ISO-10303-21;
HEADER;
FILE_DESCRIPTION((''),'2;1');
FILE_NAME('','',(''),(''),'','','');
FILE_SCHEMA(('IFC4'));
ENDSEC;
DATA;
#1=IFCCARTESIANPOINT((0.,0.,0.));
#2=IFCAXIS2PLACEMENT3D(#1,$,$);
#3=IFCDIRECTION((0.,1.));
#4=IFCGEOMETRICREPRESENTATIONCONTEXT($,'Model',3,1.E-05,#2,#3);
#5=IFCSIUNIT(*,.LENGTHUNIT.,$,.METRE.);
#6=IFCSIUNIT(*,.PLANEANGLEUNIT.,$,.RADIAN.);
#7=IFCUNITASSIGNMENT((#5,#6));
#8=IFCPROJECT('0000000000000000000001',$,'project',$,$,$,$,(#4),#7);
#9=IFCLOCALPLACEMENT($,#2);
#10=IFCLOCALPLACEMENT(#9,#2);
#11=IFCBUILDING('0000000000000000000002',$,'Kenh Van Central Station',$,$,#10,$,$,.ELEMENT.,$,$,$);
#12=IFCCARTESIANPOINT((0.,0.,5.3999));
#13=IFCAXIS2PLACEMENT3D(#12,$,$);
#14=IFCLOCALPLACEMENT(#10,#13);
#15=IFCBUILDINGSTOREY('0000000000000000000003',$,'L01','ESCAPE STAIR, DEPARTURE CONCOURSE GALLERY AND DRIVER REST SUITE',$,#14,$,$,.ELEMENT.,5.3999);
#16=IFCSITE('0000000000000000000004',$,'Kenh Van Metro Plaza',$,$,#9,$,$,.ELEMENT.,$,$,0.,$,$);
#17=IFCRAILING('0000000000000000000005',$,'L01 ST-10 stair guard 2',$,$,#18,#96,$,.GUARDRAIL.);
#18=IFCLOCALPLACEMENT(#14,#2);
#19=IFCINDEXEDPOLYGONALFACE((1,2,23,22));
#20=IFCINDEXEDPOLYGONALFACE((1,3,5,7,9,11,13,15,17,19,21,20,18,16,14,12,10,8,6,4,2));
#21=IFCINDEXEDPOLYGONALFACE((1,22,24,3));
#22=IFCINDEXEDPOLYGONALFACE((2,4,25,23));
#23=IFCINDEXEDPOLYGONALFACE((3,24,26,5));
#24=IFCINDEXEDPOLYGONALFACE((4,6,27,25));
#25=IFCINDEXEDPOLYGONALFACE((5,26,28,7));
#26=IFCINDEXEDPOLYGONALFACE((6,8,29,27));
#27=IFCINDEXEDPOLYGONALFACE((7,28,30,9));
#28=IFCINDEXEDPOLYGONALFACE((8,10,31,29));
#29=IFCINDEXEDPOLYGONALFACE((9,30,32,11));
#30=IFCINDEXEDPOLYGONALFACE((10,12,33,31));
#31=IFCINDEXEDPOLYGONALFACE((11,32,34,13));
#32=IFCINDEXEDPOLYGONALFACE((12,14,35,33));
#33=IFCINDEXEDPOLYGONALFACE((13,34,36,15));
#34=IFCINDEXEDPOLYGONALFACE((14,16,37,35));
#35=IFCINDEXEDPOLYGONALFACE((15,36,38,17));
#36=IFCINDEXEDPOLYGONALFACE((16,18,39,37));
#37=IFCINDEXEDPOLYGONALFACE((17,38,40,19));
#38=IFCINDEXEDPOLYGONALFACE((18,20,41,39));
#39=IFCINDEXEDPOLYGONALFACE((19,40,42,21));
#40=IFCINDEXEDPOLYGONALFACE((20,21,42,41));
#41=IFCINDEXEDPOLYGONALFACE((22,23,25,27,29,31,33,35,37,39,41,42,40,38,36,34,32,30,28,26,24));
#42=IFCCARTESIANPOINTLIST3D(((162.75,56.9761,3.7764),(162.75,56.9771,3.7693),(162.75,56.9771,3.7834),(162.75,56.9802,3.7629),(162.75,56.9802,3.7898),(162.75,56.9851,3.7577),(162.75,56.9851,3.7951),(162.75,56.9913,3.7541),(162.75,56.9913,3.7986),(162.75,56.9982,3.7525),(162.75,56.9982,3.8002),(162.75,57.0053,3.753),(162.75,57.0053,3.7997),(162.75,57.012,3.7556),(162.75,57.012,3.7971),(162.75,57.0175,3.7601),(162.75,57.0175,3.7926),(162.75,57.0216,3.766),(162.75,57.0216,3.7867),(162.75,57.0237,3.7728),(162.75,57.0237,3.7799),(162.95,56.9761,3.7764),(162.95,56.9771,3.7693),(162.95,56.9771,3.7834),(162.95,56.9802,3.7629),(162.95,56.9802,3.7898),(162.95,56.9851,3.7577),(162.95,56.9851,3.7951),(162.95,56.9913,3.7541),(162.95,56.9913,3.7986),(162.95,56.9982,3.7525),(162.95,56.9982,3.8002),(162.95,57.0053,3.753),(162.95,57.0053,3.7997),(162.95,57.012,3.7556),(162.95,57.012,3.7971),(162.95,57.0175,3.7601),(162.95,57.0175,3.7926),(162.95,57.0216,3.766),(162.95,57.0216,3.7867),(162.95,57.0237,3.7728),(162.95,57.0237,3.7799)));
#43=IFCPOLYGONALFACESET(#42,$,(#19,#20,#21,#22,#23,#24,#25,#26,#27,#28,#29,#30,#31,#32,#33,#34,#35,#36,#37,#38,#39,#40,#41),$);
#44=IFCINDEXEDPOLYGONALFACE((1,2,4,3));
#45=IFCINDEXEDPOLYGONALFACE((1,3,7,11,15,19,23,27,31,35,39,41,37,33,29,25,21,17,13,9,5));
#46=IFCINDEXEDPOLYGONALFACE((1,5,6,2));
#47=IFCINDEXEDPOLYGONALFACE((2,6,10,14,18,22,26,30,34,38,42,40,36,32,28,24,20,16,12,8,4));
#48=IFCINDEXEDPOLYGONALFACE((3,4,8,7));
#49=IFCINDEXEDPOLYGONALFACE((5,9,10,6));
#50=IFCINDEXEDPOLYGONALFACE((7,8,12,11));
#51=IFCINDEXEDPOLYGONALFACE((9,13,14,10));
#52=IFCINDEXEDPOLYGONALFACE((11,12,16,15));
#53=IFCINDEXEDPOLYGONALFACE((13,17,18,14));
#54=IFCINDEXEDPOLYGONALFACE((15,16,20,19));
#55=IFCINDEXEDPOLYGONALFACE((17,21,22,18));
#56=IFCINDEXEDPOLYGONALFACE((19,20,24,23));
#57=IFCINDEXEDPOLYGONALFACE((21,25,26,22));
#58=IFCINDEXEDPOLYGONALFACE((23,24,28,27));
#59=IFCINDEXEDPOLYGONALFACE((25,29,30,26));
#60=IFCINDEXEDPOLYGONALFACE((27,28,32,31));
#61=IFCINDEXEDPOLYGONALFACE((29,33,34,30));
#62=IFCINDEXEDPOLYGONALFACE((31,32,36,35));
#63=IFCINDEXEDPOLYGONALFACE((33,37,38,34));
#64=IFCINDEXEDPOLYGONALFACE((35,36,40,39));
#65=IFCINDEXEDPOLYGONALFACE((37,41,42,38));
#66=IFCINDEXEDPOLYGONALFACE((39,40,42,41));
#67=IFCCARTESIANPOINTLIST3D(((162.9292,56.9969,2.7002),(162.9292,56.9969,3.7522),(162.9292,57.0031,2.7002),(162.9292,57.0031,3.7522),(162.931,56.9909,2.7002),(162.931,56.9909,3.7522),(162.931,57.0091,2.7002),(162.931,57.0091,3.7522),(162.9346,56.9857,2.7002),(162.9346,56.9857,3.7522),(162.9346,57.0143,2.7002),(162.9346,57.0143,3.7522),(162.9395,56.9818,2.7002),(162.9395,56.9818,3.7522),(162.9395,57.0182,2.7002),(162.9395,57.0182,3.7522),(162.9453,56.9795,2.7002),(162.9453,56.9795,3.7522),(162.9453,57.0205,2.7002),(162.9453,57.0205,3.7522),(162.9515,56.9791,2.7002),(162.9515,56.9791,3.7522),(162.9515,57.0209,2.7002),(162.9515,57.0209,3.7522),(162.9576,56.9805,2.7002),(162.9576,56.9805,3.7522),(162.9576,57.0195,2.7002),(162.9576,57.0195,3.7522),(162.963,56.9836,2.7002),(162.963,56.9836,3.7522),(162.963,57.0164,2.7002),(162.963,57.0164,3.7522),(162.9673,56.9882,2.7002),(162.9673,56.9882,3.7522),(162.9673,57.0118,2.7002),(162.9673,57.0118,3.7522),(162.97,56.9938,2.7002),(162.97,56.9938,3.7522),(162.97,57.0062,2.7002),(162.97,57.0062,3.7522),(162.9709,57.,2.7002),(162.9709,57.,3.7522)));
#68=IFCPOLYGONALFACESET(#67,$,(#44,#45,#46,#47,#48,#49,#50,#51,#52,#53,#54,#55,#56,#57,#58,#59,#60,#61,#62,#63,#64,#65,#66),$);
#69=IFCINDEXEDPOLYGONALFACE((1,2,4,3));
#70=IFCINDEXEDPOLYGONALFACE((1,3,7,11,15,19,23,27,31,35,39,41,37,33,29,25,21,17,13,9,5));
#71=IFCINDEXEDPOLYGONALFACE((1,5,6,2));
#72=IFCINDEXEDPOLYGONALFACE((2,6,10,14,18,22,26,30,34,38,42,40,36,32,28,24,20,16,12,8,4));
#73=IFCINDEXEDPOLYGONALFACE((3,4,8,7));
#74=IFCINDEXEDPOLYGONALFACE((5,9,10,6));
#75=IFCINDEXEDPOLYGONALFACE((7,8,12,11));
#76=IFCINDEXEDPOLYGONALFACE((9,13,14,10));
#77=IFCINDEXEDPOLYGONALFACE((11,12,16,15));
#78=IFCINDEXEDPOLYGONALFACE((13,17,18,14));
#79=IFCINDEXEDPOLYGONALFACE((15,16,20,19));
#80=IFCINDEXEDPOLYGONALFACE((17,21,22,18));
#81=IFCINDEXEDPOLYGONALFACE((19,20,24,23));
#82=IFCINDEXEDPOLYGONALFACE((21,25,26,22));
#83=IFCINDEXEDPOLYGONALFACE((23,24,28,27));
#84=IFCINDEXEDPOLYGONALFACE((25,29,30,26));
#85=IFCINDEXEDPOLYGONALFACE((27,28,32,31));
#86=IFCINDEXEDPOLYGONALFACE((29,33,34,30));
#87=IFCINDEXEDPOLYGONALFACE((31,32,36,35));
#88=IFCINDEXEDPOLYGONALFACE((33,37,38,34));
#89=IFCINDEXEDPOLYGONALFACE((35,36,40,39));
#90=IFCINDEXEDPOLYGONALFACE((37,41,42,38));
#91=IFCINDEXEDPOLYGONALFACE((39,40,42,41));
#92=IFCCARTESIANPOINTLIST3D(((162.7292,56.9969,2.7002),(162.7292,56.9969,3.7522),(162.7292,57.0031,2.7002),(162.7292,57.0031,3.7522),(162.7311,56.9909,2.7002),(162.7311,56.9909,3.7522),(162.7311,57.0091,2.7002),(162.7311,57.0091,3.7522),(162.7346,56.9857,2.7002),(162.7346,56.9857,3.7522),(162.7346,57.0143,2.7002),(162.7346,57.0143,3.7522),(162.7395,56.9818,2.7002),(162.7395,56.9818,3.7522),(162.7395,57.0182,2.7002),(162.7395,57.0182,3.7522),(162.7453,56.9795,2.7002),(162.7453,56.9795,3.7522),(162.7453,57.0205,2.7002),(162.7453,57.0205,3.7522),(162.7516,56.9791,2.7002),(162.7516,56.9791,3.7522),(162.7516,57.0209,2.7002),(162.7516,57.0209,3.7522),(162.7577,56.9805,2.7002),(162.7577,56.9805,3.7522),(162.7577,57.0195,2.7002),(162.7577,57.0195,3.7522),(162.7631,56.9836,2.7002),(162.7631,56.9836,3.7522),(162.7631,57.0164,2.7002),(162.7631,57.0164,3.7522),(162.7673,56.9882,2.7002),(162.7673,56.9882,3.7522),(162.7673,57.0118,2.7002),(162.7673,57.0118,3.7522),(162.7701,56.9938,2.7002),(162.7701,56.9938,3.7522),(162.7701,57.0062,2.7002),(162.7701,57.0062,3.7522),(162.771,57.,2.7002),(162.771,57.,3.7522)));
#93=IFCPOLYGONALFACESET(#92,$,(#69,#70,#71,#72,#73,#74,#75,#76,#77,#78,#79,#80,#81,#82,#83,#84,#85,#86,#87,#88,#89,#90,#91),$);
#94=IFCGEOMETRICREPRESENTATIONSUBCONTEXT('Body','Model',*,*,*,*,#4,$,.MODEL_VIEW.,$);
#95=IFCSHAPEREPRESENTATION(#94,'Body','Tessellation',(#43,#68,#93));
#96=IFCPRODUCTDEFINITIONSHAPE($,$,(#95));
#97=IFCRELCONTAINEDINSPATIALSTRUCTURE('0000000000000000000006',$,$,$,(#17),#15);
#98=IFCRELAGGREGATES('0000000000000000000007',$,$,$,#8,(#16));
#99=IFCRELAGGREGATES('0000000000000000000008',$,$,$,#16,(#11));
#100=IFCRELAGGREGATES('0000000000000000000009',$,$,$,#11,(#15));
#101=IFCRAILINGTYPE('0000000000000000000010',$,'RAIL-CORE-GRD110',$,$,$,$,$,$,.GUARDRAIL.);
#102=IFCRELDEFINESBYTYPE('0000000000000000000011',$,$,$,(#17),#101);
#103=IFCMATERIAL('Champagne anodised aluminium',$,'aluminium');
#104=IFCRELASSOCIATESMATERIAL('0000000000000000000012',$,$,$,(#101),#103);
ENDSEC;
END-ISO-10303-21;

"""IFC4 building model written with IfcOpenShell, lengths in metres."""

from ifc_helpers import new_model, si_unit, direction, frame, origin, origin_2d, place, context, subcontext, project, spatial, circle, extrude, material, type_object, element, save


model = new_model("IFC4")

# Units and contexts
model_context = context("Model", 3, precision=1e-05, world=origin(), true_north=direction((0.0, 1.0)))
body_context = subcontext(model_context, "Body", "Model", "MODEL_VIEW")
ifc_project = project(units=[si_unit("LENGTHUNIT", "METRE"), si_unit("PLANEANGLEUNIT", "RADIAN")], contexts=[model_context])

# Site, building, storey
site_placement = place(None, origin())
site = spatial("IfcSite", under=ifc_project, at=site_placement, Name="Kenh Van Metro Plaza", CompositionType="ELEMENT", RefElevation=0.0)
building_placement = place(site_placement, origin())
building = spatial("IfcBuilding", under=site, at=building_placement, Name="Kenh Van Central Station", CompositionType="ELEMENT")
storey_placement = place(building_placement, frame((0.0, 0.0, 5.3999)))
storey = spatial("IfcBuildingStorey", under=building, at=storey_placement, Name="L01", Description="ESCAPE STAIR, DEPARTURE CONCOURSE GALLERY AND DRIVER REST SUITE", CompositionType="ELEMENT", Elevation=5.3999)

# Shared definitions
ifc_material_1 = material(Name="Champagne anodised aluminium", Category="aluminium")

# Railing
railing_type_1 = type_object("IfcRailingType", Name="RAIL-CORE-GRD110", PredefinedType="GUARDRAIL", material=ifc_material_1)
railing_1_placement = place(storey_placement, frame((162.95, 57.0, 2.7002)))
element("IfcRailing", 1, at=railing_1_placement, inside=storey, type_object=railing_type_1, Name="L01 ST-10 stair guard 2", PredefinedType="GUARDRAIL", context=body_context, shape_type="SweptSolid", body=[
    extrude(circle(Radius=0.0239, at=origin_2d()), frame((0.0, 0.0, 1.0762), z_axis=(-1.0, 0.0, 0.0), x_axis=(0.0, -1.0, 0.0)), (0.0, 0.0, 1.0), 0.2),
    extrude(circle(Radius=0.021, at=origin_2d()), origin(), (0.0, 0.0, 1.0), 1.052),
    extrude(circle(Radius=0.021, at=origin_2d()), frame((-0.2, 0.0, 0.0)), (0.0, 0.0, 1.0), 1.052),
])

save(model, "model.ifc")
